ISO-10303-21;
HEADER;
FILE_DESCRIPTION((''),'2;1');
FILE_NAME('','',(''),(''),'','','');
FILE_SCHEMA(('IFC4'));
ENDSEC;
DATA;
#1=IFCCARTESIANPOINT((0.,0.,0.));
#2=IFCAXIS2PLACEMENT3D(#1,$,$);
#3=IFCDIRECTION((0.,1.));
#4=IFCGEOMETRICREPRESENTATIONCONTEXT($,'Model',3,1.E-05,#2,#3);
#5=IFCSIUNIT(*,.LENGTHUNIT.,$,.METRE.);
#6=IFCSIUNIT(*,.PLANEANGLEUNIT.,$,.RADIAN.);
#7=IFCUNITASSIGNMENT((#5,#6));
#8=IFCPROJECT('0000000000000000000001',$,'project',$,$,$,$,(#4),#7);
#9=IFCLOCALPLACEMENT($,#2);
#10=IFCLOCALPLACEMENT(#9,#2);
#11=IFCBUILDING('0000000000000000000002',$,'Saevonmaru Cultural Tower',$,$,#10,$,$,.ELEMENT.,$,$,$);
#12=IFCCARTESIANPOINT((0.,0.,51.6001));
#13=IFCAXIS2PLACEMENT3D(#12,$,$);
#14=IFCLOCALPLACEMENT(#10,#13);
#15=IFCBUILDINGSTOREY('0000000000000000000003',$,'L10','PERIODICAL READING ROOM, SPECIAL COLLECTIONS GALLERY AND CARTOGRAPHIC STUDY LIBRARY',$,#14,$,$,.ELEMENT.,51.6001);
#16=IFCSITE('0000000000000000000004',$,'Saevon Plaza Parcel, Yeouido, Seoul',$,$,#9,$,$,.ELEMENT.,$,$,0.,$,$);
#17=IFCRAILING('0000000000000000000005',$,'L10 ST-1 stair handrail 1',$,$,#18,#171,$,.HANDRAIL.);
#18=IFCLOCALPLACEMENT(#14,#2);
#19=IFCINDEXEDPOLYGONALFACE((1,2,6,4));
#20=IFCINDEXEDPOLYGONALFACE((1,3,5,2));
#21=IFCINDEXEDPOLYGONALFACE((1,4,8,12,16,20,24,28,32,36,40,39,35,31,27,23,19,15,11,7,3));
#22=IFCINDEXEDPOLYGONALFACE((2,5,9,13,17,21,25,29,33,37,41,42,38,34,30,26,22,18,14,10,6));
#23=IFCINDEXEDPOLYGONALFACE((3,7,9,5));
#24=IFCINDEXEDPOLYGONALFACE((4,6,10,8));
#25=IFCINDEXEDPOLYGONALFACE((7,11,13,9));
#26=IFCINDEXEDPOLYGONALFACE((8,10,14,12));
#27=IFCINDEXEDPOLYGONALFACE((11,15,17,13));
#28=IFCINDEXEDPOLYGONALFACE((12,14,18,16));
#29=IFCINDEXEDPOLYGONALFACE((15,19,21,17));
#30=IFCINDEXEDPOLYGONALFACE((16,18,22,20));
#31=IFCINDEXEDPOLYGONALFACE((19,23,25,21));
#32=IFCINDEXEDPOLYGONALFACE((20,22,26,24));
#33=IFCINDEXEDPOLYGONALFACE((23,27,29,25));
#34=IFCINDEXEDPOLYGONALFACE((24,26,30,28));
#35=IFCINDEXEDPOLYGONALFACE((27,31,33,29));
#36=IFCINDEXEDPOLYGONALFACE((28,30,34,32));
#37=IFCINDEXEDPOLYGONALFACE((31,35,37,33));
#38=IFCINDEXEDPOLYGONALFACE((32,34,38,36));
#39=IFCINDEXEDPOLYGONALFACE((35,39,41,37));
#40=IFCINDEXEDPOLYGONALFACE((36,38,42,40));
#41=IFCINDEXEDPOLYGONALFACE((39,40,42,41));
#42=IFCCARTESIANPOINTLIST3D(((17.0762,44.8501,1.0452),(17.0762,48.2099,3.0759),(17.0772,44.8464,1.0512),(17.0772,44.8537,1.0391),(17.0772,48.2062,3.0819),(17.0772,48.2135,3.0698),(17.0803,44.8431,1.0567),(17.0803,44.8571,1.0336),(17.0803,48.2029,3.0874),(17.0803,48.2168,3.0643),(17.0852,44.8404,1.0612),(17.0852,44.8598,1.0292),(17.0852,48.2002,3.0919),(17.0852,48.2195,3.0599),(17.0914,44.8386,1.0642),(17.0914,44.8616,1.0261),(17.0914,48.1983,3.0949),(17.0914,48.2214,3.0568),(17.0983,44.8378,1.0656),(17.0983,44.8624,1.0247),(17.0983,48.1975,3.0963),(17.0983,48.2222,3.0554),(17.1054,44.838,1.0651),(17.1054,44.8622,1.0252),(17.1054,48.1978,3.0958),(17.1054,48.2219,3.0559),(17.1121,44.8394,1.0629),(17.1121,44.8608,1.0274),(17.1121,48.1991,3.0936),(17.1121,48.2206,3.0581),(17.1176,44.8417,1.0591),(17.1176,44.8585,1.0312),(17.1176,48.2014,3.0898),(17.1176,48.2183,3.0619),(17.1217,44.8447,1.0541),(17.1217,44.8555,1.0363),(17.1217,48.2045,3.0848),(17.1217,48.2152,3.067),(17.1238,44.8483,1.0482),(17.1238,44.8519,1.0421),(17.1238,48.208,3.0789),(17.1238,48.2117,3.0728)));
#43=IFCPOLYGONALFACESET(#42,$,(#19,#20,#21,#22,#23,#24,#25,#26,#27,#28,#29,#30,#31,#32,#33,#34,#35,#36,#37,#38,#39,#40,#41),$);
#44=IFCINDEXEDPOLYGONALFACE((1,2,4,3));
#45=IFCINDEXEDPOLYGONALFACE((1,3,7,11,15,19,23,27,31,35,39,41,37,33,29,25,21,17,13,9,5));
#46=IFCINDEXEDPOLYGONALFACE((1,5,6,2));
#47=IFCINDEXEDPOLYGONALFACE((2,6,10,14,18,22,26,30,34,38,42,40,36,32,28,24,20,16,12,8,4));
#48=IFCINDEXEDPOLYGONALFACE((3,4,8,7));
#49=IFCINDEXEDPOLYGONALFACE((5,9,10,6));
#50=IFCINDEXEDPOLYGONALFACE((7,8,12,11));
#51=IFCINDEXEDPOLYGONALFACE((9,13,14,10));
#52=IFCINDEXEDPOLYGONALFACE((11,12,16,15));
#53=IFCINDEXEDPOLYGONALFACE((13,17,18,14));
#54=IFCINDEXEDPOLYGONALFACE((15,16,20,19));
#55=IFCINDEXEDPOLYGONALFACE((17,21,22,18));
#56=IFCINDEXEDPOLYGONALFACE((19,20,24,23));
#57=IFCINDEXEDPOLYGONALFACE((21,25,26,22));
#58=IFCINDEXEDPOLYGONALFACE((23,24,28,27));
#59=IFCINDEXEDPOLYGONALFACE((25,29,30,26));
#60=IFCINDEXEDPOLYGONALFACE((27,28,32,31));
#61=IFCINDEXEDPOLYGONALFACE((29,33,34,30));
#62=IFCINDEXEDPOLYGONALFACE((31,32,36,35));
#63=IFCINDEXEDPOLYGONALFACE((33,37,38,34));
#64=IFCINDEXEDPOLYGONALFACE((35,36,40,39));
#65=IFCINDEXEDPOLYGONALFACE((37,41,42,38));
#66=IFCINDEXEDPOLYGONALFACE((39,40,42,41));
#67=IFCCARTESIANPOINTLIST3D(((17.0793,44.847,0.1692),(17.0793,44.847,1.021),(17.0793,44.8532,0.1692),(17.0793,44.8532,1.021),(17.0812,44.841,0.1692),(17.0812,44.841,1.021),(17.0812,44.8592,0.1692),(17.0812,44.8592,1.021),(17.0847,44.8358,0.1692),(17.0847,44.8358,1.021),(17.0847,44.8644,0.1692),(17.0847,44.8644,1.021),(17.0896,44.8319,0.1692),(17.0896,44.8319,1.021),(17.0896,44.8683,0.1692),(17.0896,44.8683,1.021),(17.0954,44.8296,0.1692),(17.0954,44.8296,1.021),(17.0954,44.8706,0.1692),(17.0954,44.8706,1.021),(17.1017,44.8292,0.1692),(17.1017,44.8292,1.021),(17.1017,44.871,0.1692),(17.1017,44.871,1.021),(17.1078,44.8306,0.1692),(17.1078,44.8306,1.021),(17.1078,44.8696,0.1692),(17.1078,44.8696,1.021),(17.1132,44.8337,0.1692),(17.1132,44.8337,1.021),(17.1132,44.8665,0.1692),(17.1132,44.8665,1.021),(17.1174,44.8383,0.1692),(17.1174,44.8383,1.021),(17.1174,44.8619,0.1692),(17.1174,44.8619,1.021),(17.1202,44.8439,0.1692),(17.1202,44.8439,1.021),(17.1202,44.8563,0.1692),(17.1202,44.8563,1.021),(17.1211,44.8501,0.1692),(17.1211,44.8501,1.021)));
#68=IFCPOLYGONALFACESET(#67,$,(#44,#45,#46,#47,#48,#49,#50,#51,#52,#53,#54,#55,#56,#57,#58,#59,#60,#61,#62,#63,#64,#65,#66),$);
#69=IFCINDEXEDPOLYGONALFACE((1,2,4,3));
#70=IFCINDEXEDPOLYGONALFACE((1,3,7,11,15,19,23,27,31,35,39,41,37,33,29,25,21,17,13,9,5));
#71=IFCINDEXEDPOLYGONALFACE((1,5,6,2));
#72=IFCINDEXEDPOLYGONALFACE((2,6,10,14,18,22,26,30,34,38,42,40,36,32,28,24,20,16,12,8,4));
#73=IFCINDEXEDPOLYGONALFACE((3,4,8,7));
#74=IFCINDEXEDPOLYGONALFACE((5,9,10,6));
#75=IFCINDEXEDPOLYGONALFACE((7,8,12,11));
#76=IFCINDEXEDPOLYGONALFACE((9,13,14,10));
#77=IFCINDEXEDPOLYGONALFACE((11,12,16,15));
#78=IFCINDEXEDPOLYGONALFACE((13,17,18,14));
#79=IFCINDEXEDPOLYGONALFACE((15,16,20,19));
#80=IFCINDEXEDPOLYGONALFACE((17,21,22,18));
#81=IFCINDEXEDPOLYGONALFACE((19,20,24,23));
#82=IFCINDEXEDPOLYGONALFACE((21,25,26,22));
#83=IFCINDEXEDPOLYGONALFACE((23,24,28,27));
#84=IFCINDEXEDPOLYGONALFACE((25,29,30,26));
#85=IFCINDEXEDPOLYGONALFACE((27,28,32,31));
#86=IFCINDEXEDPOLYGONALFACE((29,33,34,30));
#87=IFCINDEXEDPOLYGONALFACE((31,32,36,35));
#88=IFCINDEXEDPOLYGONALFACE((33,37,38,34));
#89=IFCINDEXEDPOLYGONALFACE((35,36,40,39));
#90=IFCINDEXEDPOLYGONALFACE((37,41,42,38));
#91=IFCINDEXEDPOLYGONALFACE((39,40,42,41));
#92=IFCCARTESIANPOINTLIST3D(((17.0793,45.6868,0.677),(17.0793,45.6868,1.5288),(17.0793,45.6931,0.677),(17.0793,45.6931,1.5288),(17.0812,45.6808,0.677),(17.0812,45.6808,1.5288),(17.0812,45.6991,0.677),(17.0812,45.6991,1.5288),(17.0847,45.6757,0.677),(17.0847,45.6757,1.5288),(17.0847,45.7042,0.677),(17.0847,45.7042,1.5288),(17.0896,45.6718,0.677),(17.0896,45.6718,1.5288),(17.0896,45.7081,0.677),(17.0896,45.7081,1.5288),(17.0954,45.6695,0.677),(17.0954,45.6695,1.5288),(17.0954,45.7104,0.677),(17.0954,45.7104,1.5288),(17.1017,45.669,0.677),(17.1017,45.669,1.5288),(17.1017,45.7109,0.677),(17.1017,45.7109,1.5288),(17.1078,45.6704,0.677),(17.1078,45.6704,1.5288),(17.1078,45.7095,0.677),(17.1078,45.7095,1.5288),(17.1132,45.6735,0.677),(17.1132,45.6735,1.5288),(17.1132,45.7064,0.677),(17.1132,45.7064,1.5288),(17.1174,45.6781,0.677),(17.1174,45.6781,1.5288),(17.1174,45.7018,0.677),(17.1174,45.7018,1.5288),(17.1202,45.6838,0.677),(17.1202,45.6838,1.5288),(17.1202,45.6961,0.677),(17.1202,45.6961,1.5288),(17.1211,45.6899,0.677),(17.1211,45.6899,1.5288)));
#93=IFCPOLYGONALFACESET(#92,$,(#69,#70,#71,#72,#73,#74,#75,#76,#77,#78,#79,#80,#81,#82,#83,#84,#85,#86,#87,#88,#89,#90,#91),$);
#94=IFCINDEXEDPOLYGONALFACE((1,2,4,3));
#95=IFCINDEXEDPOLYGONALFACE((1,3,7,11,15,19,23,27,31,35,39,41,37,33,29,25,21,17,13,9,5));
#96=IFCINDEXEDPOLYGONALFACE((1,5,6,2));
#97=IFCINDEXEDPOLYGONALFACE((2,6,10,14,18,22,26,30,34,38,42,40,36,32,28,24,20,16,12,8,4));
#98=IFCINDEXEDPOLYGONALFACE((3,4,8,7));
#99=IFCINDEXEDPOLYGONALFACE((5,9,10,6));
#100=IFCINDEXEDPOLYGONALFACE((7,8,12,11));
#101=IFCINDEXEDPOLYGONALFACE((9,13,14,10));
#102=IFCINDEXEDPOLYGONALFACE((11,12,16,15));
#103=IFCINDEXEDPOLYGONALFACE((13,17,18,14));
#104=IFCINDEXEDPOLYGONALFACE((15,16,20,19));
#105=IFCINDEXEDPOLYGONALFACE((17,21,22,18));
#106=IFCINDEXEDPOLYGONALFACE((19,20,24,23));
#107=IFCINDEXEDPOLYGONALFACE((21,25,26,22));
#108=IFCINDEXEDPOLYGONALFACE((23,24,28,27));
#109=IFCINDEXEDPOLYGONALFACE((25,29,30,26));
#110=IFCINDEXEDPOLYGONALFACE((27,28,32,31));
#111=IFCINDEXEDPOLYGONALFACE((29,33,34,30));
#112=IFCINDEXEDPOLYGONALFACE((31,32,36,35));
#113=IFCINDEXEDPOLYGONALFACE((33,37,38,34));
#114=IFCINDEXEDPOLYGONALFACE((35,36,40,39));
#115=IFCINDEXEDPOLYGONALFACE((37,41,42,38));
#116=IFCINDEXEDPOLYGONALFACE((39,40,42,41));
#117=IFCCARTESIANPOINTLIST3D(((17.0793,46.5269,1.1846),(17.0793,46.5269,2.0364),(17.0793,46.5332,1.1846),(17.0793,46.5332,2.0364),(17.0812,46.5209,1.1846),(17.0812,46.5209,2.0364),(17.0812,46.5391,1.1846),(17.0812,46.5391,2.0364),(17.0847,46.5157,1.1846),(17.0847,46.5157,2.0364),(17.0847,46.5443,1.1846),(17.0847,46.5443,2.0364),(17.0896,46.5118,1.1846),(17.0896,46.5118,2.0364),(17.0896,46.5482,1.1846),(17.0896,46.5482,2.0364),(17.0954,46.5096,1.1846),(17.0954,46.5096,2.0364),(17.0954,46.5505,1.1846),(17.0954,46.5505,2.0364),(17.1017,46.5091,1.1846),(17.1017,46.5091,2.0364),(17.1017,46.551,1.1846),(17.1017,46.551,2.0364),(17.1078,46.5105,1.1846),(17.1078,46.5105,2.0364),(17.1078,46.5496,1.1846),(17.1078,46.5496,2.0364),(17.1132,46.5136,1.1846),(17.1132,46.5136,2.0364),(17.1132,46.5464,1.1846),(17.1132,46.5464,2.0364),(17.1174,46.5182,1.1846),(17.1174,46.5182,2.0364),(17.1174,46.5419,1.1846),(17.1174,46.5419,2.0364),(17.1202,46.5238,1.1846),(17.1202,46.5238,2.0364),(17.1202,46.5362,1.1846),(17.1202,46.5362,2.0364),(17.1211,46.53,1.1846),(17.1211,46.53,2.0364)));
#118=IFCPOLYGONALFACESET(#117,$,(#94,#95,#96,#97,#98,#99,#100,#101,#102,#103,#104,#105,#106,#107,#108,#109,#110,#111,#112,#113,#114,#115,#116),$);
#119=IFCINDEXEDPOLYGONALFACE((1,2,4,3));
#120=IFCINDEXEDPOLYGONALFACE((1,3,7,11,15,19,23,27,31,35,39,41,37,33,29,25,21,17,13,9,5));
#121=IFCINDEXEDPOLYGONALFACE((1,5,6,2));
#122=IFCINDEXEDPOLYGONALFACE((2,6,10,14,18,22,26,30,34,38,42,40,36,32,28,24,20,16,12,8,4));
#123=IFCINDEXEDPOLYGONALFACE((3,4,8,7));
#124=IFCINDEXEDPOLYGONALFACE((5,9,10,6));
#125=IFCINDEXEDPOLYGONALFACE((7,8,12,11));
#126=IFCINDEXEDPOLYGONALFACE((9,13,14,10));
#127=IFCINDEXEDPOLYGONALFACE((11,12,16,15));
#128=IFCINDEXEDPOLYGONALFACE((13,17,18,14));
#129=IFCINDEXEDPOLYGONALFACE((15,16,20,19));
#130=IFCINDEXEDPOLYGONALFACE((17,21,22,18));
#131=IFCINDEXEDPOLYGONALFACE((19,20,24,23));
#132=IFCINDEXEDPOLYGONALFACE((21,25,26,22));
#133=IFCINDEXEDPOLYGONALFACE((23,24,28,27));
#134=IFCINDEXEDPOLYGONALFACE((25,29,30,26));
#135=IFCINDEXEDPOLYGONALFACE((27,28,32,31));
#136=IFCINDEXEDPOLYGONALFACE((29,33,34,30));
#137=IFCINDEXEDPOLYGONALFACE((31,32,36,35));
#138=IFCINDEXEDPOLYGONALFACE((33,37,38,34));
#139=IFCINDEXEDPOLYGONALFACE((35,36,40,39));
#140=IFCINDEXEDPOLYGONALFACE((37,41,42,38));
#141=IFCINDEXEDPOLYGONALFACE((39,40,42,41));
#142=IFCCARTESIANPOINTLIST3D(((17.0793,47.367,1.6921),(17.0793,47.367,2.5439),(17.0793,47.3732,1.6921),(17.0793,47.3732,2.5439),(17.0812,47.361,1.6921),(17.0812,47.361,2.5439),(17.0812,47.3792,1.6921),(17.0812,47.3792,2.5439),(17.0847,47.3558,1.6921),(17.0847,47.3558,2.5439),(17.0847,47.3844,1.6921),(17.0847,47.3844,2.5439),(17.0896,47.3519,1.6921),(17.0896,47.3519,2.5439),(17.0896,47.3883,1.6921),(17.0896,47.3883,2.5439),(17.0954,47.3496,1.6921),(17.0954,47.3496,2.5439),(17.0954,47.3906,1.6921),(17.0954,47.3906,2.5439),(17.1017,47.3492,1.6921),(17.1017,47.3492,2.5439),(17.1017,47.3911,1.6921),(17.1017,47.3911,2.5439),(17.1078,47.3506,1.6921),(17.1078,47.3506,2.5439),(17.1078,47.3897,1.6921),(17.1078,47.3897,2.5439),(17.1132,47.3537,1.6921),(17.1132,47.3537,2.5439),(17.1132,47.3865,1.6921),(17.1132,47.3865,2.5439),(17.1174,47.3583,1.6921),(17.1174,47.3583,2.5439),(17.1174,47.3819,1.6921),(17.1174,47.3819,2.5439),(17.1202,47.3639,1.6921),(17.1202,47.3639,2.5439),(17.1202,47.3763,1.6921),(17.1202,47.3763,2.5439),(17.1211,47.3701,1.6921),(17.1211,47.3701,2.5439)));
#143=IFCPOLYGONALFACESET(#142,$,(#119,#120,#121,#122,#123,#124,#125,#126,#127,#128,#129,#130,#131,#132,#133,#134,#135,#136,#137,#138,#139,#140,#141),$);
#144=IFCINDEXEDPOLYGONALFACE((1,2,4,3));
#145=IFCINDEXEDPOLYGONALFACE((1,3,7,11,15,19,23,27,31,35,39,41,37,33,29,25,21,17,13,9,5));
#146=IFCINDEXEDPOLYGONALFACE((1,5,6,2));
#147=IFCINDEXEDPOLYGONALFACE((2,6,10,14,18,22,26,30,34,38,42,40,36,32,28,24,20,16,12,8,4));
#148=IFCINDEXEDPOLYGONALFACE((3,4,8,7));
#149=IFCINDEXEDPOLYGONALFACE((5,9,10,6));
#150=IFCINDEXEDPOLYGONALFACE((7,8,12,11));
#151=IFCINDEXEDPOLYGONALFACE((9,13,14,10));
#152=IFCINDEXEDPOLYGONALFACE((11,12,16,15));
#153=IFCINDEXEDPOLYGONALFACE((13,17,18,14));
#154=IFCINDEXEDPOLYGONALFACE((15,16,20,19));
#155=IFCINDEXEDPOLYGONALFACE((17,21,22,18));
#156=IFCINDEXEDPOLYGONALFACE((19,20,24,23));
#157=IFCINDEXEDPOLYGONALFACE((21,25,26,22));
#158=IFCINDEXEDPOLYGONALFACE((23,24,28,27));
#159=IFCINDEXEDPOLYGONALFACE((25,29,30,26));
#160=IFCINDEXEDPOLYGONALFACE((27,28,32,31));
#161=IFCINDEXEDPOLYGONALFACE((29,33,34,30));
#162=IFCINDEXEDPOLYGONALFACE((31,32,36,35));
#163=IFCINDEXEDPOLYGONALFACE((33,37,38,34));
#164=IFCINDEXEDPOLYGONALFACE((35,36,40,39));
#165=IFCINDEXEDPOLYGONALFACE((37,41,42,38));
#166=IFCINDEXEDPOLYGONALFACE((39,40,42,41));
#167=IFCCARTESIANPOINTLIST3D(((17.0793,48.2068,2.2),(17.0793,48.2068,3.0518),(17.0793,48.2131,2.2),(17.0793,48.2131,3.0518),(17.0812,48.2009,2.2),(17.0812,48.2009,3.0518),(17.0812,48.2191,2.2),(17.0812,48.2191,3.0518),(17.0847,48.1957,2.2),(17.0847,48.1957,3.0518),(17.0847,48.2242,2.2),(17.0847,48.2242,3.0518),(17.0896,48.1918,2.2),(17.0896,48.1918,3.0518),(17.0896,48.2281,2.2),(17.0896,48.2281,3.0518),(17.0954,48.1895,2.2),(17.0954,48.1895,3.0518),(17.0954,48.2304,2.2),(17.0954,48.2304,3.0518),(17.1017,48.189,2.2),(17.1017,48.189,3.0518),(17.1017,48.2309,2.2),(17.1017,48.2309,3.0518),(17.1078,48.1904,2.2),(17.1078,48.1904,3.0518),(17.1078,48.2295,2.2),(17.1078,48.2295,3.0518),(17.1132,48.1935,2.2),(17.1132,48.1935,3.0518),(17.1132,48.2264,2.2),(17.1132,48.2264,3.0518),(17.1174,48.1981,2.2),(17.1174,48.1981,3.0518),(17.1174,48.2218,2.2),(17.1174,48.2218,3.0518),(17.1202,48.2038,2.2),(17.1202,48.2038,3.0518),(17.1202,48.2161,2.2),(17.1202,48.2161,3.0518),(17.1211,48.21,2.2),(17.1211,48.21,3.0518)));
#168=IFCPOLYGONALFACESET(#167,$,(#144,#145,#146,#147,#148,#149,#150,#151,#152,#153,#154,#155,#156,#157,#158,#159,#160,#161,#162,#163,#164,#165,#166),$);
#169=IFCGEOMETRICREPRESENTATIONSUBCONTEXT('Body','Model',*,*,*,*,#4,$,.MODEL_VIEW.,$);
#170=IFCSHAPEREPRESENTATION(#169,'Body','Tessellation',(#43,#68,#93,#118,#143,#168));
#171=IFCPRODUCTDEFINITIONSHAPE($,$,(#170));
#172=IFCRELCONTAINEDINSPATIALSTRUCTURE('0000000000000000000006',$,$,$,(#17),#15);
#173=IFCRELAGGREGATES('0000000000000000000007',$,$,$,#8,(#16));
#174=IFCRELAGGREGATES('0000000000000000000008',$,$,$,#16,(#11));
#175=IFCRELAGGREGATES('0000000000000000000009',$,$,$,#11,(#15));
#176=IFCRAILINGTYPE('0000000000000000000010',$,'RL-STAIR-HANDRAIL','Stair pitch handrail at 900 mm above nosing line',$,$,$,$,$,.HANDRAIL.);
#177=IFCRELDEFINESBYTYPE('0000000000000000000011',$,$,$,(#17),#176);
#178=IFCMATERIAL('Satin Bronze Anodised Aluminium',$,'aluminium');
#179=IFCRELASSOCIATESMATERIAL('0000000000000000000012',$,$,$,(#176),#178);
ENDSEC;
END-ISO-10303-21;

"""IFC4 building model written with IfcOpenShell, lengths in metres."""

from ifc_helpers import new_model, si_unit, direction, frame, origin, origin_2d, place, context, subcontext, project, spatial, circle, extrude, material, type_object, element, save


model = new_model("IFC4")

# Units and contexts
model_context = context("Model", 3, precision=1e-05, world=origin(), true_north=direction((0.0, 1.0)))
body_context = subcontext(model_context, "Body", "Model", "MODEL_VIEW")
ifc_project = project(units=[si_unit("LENGTHUNIT", "METRE"), si_unit("PLANEANGLEUNIT", "RADIAN")], contexts=[model_context])

# Site, building, storey
site_placement = place(None, origin())
site = spatial("IfcSite", under=ifc_project, at=site_placement, Name="Saevon Plaza Parcel, Yeouido, Seoul", CompositionType="ELEMENT", RefElevation=0.0)
building_placement = place(site_placement, origin())
building = spatial("IfcBuilding", under=site, at=building_placement, Name="Saevonmaru Cultural Tower", CompositionType="ELEMENT")
storey_placement = place(building_placement, frame((0.0, 0.0, 51.6001)))
storey = spatial("IfcBuildingStorey", under=building, at=storey_placement, Name="L10", Description="PERIODICAL READING ROOM, SPECIAL COLLECTIONS GALLERY AND CARTOGRAPHIC STUDY LIBRARY", CompositionType="ELEMENT", Elevation=51.6001)

# Shared definitions
ifc_material_1 = material(Name="Satin Bronze Anodised Aluminium", Category="aluminium")

# Railing
railing_type_1 = type_object("IfcRailingType", Name="RL-STAIR-HANDRAIL", Description="Stair pitch handrail at 900 mm above nosing line", PredefinedType="HANDRAIL", material=ifc_material_1)
railing_1_placement = place(storey_placement, frame((17.1001, 44.8501, 0.1692)))
element("IfcRailing", 1, at=railing_1_placement, inside=storey, type_object=railing_type_1, Name="L10 ST-1 stair handrail 1", PredefinedType="HANDRAIL", context=body_context, shape_type="SweptSolid", body=[
    extrude(circle(Radius=0.0239, at=origin_2d()), frame((0.0, 0.0, 0.876), z_axis=(0.0, 0.85582, 0.517273), x_axis=(-1.0, 0.0, 0.0)), (0.0, 0.0, 1.0), 3.9258),
    extrude(circle(Radius=0.021, at=origin_2d()), origin(), (0.0, 0.0, 1.0), 0.8518),
    extrude(circle(Radius=0.021, at=origin_2d()), frame((0.0, 0.8398, 0.5078)), (0.0, 0.0, 1.0), 0.8518),
    extrude(circle(Radius=0.021, at=origin_2d()), frame((0.0, 1.6799, 1.0154)), (0.0, 0.0, 1.0), 0.8518),
    extrude(circle(Radius=0.021, at=origin_2d()), frame((0.0, 2.52, 1.5229)), (0.0, 0.0, 1.0), 0.8518),
    extrude(circle(Radius=0.021, at=origin_2d()), frame((0.0, 3.3599, 2.0308)), (0.0, 0.0, 1.0), 0.8518),
])

save(model, "model.ifc")
